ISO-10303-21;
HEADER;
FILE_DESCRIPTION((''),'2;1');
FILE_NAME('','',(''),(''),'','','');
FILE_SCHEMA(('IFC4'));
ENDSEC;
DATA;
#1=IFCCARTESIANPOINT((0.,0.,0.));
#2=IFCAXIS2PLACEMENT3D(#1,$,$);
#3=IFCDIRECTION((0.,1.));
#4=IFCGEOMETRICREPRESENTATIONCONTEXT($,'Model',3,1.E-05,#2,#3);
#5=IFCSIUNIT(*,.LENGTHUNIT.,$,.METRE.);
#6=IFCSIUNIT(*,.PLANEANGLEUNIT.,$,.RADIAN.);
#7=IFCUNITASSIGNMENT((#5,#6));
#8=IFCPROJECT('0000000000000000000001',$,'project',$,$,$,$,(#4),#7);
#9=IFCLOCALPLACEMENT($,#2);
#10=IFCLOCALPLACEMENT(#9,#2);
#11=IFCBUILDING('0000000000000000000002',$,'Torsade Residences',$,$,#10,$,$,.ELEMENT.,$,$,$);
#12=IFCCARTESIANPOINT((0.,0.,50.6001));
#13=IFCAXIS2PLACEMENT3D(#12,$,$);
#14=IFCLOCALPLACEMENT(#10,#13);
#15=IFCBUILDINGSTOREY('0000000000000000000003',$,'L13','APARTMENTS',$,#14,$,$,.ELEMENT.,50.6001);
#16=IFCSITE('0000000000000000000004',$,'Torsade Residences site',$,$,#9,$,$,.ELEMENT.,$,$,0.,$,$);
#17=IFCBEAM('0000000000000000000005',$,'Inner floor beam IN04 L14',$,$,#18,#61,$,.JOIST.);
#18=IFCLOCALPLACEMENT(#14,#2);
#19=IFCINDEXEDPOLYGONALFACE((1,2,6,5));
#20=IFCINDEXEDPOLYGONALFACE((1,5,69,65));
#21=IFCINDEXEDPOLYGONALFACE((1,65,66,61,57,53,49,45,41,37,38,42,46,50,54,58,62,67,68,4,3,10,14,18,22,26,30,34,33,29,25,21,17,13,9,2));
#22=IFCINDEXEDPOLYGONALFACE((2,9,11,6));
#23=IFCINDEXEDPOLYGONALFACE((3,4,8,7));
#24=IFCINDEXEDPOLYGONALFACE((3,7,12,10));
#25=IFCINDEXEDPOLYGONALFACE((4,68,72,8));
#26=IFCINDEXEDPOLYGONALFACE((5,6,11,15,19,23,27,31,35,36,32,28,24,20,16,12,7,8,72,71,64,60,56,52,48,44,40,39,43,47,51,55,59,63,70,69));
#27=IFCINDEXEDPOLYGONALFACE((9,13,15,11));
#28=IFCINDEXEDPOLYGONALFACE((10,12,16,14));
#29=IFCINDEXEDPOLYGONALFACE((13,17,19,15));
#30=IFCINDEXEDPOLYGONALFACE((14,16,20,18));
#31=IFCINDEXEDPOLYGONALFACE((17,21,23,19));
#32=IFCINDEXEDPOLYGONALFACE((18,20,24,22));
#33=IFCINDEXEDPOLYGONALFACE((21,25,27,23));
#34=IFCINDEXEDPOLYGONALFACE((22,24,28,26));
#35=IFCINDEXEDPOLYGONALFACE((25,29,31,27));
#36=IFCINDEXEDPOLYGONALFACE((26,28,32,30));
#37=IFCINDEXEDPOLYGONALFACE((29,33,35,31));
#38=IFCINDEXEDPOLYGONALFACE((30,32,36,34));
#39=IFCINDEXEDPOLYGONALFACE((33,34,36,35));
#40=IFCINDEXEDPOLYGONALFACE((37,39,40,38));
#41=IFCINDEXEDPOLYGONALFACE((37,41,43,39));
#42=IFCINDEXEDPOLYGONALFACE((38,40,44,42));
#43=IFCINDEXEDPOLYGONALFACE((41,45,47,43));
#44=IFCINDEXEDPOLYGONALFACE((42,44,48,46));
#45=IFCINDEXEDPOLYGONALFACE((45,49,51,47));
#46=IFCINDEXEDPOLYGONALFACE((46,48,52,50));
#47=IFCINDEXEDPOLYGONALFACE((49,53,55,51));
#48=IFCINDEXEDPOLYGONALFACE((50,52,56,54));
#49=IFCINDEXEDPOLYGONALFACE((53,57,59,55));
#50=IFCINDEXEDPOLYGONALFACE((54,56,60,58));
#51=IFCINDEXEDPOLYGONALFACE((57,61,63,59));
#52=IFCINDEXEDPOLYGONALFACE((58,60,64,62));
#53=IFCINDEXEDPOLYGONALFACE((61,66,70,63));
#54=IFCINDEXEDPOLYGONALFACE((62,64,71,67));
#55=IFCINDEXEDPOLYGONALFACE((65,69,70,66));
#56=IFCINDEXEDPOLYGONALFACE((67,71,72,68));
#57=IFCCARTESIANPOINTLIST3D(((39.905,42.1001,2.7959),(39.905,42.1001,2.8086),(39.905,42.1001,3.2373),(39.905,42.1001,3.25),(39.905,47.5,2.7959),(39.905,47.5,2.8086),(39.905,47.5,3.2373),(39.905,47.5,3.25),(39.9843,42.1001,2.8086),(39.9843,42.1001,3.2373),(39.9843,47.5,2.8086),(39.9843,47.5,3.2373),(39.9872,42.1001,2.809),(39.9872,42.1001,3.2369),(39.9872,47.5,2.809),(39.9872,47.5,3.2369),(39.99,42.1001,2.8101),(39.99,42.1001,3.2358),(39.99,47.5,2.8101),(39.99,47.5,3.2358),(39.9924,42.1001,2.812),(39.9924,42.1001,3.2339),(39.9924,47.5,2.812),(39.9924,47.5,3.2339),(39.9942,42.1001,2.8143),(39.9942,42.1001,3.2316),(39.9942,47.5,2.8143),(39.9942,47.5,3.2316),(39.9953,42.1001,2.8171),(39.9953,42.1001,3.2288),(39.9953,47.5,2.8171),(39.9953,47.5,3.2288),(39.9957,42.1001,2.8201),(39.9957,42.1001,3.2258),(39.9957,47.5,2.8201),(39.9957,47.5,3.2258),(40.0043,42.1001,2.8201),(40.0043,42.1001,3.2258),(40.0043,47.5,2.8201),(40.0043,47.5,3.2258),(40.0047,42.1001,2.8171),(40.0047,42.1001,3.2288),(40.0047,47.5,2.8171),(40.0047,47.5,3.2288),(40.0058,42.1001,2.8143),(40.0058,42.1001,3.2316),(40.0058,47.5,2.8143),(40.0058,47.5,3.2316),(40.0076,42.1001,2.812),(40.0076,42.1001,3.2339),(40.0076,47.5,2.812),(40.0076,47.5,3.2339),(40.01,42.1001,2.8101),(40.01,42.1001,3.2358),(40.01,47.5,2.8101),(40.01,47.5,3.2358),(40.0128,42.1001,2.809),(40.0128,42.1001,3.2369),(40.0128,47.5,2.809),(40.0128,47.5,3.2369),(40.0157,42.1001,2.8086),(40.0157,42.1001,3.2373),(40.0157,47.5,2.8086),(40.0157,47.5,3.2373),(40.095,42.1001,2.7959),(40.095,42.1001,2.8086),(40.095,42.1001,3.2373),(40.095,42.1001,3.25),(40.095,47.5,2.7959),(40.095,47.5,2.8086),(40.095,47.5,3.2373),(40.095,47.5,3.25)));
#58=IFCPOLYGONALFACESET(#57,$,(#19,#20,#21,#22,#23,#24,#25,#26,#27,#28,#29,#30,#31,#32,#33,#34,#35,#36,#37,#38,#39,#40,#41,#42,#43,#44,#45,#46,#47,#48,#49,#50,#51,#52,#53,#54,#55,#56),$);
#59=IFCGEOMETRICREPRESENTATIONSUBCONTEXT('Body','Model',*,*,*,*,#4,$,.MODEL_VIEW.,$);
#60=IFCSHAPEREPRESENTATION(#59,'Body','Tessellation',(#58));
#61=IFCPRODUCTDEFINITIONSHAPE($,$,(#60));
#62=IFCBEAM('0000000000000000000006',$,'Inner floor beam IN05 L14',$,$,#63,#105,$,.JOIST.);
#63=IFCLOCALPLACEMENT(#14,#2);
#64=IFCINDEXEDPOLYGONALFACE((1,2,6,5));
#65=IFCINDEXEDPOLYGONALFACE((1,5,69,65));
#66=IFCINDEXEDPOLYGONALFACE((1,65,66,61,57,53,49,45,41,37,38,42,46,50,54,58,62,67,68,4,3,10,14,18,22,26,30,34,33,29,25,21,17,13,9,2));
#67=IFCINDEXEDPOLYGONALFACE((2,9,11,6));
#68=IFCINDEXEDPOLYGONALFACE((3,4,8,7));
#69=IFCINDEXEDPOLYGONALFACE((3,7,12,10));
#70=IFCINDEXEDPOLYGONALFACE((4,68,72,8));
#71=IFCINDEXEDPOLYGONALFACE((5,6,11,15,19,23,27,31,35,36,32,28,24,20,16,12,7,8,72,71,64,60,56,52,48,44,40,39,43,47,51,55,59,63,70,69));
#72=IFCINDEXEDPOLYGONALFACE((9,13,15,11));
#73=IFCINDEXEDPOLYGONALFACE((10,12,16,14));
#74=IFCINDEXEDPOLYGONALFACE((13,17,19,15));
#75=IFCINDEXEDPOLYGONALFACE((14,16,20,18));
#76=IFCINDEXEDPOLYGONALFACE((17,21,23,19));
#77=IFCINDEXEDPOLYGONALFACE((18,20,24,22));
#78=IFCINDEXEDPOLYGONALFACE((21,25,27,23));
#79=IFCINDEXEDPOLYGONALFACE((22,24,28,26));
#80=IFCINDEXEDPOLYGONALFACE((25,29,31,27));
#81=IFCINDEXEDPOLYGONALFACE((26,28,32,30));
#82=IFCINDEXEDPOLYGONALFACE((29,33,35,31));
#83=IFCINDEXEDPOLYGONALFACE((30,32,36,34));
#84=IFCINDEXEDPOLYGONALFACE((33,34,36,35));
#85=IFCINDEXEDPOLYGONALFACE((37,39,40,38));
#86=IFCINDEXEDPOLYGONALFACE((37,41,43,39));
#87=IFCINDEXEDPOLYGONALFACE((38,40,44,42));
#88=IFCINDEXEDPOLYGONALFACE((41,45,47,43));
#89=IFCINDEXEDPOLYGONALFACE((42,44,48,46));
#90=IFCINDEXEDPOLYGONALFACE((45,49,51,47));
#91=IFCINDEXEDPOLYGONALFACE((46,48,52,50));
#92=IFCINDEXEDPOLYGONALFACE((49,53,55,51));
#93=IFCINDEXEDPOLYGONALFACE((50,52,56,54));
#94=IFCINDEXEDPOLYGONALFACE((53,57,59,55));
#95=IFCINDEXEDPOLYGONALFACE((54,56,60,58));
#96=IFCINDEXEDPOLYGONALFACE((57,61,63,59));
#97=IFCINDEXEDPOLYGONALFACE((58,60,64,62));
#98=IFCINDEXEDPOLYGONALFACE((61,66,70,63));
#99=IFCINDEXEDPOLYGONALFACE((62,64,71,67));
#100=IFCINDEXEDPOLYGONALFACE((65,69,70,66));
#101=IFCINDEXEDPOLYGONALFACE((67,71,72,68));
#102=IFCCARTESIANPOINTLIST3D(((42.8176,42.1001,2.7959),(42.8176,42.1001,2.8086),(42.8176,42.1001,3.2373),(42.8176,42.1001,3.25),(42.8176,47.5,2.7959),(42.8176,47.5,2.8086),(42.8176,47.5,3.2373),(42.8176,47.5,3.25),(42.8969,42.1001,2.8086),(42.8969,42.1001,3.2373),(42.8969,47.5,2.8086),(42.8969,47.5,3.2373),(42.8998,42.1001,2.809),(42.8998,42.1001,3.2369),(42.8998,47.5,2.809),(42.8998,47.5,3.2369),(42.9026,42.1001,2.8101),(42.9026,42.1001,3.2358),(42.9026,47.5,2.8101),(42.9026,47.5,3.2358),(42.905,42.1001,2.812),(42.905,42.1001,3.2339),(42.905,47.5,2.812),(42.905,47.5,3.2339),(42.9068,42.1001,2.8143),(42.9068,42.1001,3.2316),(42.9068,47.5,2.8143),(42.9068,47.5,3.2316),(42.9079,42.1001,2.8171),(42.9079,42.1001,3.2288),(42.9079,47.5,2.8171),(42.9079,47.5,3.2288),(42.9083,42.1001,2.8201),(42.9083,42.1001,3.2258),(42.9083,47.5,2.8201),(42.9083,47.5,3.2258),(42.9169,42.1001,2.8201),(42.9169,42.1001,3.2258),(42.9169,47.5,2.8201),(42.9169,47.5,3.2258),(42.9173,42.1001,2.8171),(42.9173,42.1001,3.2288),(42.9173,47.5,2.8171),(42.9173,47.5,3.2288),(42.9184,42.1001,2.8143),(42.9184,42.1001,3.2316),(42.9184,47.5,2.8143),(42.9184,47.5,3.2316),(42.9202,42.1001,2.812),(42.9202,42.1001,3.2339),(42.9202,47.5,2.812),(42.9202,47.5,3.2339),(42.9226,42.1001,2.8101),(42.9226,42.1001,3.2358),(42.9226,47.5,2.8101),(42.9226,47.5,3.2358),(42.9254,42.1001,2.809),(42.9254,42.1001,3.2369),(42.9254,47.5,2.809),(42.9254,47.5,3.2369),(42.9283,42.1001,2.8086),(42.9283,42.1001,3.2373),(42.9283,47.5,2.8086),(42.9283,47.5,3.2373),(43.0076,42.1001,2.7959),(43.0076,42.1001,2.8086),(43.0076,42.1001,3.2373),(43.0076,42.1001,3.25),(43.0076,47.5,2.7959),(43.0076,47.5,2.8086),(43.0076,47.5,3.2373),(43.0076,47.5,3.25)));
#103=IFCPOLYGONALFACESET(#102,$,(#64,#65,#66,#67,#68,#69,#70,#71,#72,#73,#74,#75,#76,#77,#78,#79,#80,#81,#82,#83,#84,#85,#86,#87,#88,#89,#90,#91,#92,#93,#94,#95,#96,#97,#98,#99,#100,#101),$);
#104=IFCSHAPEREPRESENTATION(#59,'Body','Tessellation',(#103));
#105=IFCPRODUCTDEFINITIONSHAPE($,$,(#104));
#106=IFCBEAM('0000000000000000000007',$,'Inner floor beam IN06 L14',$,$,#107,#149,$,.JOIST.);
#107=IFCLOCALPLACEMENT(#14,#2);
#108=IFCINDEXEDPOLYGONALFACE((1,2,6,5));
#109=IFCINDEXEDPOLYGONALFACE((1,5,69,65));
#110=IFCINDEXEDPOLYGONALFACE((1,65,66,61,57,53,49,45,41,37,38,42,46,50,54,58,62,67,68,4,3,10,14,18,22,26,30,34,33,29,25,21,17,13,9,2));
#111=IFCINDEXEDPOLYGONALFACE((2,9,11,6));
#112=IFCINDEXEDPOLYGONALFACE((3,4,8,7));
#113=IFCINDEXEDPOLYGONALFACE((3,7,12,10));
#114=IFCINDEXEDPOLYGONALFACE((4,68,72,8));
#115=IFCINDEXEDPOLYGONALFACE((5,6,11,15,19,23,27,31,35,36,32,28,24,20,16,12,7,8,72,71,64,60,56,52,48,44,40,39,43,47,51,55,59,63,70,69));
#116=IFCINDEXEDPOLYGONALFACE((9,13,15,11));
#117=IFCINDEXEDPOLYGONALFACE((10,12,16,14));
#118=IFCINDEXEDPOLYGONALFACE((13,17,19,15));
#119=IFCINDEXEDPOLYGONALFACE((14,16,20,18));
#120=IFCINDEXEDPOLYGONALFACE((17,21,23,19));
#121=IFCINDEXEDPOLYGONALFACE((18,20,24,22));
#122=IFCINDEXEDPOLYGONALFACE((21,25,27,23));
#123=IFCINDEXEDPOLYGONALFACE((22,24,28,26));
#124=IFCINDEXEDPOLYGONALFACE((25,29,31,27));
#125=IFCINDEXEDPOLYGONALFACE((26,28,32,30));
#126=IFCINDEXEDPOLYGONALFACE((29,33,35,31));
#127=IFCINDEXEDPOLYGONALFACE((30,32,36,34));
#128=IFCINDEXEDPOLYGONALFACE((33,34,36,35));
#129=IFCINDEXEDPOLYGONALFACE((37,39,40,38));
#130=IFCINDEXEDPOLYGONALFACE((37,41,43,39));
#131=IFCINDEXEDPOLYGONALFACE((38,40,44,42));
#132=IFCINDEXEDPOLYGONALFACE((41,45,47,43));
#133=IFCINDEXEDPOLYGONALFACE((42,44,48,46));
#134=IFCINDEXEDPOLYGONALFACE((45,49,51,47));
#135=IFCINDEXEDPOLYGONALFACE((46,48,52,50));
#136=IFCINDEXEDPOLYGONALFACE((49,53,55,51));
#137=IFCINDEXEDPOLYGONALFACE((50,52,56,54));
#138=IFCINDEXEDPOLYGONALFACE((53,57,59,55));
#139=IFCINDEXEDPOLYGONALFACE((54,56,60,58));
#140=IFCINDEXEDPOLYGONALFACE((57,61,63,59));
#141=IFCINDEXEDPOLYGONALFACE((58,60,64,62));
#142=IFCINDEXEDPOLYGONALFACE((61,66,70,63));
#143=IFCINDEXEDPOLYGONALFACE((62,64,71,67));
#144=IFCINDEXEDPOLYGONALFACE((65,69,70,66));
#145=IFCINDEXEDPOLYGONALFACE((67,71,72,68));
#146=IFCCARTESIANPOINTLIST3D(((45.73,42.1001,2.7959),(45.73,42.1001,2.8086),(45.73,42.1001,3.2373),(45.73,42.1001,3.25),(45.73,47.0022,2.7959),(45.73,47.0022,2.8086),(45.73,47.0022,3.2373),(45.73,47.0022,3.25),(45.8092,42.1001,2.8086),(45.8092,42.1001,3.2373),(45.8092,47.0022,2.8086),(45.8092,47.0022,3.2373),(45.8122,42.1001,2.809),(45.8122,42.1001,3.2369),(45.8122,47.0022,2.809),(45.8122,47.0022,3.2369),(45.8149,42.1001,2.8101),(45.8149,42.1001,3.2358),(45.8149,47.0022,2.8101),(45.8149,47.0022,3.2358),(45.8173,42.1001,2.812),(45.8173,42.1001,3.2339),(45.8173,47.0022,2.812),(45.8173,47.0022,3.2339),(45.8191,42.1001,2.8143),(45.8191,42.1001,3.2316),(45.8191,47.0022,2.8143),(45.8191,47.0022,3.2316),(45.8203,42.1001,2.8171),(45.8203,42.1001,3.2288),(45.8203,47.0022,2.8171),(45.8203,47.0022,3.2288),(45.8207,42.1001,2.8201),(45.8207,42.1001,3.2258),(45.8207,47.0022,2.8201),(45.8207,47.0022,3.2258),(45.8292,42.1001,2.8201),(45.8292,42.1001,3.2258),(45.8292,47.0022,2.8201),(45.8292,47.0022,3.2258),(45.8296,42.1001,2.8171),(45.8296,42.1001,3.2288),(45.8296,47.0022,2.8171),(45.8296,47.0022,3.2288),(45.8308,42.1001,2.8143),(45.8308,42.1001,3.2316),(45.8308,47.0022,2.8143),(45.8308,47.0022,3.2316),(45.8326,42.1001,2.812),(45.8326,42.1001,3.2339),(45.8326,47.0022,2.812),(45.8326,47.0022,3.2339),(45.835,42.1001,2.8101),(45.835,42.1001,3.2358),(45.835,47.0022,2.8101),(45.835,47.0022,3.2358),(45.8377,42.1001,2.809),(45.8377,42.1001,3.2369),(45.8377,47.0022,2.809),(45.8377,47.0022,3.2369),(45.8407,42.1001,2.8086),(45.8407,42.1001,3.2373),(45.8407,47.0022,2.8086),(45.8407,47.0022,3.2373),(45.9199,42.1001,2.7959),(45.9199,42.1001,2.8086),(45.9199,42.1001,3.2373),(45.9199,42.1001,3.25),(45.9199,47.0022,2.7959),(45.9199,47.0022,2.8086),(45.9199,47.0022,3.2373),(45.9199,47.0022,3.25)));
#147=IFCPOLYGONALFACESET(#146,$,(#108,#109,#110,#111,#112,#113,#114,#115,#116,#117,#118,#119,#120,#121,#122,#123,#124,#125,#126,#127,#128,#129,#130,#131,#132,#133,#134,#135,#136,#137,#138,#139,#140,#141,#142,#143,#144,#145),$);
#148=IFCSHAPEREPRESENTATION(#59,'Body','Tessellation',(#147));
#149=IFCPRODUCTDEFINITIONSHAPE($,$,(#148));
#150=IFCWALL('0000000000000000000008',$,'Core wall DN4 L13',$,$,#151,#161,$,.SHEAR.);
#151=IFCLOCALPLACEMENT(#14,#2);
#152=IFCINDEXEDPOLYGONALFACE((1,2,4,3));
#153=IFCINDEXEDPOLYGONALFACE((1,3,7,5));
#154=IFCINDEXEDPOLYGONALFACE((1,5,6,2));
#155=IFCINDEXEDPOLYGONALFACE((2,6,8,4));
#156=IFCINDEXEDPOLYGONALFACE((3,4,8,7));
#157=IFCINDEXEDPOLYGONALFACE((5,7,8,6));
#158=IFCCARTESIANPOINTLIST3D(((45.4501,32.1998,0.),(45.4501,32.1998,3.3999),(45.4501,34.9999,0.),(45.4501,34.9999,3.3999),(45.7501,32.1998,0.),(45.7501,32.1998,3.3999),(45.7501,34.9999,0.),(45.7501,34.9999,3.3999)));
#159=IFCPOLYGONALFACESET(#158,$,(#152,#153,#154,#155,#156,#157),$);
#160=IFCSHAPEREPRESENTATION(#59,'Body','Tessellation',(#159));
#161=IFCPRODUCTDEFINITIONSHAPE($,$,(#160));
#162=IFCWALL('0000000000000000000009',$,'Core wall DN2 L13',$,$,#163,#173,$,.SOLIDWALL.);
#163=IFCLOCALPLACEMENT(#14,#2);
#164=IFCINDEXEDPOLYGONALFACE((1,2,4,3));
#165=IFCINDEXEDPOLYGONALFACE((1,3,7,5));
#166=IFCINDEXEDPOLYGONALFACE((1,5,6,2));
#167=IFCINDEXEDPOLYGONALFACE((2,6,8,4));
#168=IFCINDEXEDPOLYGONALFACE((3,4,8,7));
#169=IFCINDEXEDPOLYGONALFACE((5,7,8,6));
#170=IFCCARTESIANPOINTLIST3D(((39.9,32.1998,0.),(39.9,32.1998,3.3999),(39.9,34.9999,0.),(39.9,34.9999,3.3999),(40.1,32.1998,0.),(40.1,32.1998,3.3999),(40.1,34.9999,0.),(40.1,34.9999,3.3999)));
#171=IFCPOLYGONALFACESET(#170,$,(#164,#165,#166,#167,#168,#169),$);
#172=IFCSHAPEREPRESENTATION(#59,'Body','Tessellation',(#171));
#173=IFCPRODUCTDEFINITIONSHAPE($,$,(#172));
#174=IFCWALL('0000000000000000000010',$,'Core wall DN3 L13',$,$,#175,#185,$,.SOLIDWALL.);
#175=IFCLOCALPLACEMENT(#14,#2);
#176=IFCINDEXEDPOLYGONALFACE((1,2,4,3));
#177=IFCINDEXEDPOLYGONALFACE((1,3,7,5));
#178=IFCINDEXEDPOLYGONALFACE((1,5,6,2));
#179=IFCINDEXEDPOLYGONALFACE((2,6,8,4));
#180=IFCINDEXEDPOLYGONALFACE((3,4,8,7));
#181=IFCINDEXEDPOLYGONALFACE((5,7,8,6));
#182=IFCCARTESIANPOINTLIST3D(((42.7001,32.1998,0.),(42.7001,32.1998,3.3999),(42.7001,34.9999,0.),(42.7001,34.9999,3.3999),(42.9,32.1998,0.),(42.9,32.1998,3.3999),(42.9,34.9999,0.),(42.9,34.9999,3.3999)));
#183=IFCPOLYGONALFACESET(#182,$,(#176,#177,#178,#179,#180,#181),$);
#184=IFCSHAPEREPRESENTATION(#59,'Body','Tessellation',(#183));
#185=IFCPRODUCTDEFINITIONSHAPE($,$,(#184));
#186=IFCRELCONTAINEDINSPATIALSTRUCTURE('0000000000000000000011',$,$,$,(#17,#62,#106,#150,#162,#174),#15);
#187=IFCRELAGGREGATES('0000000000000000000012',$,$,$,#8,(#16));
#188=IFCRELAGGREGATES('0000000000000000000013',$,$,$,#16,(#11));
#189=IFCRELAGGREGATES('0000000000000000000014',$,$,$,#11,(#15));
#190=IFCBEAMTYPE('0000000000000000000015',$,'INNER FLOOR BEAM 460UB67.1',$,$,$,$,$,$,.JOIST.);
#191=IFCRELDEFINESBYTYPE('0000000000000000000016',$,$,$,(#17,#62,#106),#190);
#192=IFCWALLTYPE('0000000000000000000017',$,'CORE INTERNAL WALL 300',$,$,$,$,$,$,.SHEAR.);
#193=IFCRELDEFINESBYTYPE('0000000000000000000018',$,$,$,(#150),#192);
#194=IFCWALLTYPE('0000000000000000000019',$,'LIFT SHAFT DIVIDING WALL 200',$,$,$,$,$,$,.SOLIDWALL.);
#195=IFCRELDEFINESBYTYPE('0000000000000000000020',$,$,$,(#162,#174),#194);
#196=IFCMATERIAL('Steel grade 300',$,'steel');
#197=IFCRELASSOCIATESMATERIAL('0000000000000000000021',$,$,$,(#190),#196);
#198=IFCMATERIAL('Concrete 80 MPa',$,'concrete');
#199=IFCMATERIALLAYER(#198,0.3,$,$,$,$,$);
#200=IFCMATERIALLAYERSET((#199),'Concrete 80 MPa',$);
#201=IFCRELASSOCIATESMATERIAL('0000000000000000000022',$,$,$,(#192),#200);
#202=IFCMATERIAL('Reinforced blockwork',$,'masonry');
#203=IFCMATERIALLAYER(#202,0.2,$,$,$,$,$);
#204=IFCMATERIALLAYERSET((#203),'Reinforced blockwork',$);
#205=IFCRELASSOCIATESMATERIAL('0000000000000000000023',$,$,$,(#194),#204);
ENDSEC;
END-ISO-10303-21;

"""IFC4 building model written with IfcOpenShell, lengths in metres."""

from ifc_helpers import new_model, si_unit, direction, frame, frame_2d, origin, origin_2d, place, context, subcontext, project, spatial, rectangle, i_section, extrude, material, layer, layer_set, material_profile, profile_set, type_object, element, save


model = new_model("IFC4")

# Units and contexts
model_context = context("Model", 3, precision=1e-05, world=origin(), true_north=direction((0.0, 1.0)))
body_context = subcontext(model_context, "Body", "Model", "MODEL_VIEW")
ifc_project = project(units=[si_unit("LENGTHUNIT", "METRE"), si_unit("PLANEANGLEUNIT", "RADIAN")], contexts=[model_context])

# Site, building, storey
site_placement = place(None, origin())
site = spatial("IfcSite", under=ifc_project, at=site_placement, Name="Torsade Residences site", CompositionType="ELEMENT", RefElevation=0.0)
building_placement = place(site_placement, origin())
building = spatial("IfcBuilding", under=site, at=building_placement, Name="Torsade Residences", CompositionType="ELEMENT")
storey_placement = place(building_placement, frame((0.0, 0.0, 50.6001)))
storey = spatial("IfcBuildingStorey", under=building, at=storey_placement, Name="L13", Description="APARTMENTS", CompositionType="ELEMENT", Elevation=50.6001)

# Beams
ifc_material_1 = material(Name="Steel grade 300", Category="steel")
ifc_material_profile = material_profile(ifc_material_1, i_section(OverallWidth=0.1899, OverallDepth=0.4541, WebThickness=0.0085, FlangeThickness=0.0127, FilletRadius=0.0115, at=origin_2d()), Name="460UB67.1")
ifc_profile_set = profile_set([ifc_material_profile], Name="Steel grade 300")
beam_type = type_object("IfcBeamType", Name="INNER FLOOR BEAM 460UB67.1", PredefinedType="JOIST", material=ifc_profile_set)
for number, where, z_axis, x_axis, name in (
    (1, (40.0, 42.1001, 3.0229), (0.0, 1.0, 0.0), (-1.0, 0.0, 0.0), "Inner floor beam IN04 L14"),
    (2, (42.9126, 42.1001, 3.0229), (0.0, 1.0, 0.0), (-1.0, 0.0, 0.0), "Inner floor beam IN05 L14"),
):
    element("IfcBeam", number, at=place(storey_placement, frame(where, z_axis=z_axis, x_axis=x_axis)), inside=storey, type_object=beam_type, Name=name, PredefinedType="JOIST", context=body_context, shape_type="SweptSolid", body=[
        extrude(i_section(OverallWidth=0.1899, OverallDepth=0.4541, WebThickness=0.0085, FlangeThickness=0.0127, FilletRadius=0.0115, at=origin_2d()), origin(), (0.0, 0.0, 1.0), 5.3999),
    ])
beam_placement = place(storey_placement, frame((45.825, 42.1001, 3.0229), z_axis=(0.0, 1.0, 0.0), x_axis=(-1.0, 0.0, 0.0)))
element("IfcBeam", 3, at=beam_placement, inside=storey, type_object=beam_type, Name="Inner floor beam IN06 L14", PredefinedType="JOIST", context=body_context, shape_type="SweptSolid", body=[
    extrude(i_section(OverallWidth=0.1899, OverallDepth=0.4541, WebThickness=0.0085, FlangeThickness=0.0127, FilletRadius=0.0115, at=origin_2d()), origin(), (0.0, 0.0, 1.0), 4.9021),
])

# Walls
ifc_material_2 = material(Name="Concrete 80 MPa", Category="concrete")
ifc_layer_1 = layer(ifc_material_2, 0.3)
ifc_layer_set_1 = layer_set([ifc_layer_1], Name="Concrete 80 MPa")
wall_type_1 = type_object("IfcWallType", Name="CORE INTERNAL WALL 300", PredefinedType="SHEAR", material=ifc_layer_set_1)
wall_1_placement = place(storey_placement, frame((45.6001, 32.2, 0.0), z_axis=(0.0, 0.0, 1.0), x_axis=(0.0, 1.0, 0.0)))
element("IfcWall", 4, at=wall_1_placement, inside=storey, type_object=wall_type_1, Name="Core wall DN4 L13", PredefinedType="SHEAR", context=body_context, shape_type="SweptSolid", body=[
    extrude(rectangle(XDim=2.8, YDim=0.3, at=frame_2d((1.3999, 0.0))), origin(), (0.0, 0.0, 1.0), 3.3999),
])
ifc_material_3 = material(Name="Reinforced blockwork", Category="masonry")
ifc_layer_2 = layer(ifc_material_3, 0.2)
ifc_layer_set_2 = layer_set([ifc_layer_2], Name="Reinforced blockwork")
wall_type_2 = type_object("IfcWallType", Name="LIFT SHAFT DIVIDING WALL 200", PredefinedType="SOLIDWALL", material=ifc_layer_set_2)
for number, where, z_axis, x_axis, name in (
    (5, (40.0, 32.2, 0.0), (0.0, 0.0, 1.0), (0.0, 1.0, 0.0), "Core wall DN2 L13"),
    (6, (42.8, 32.2, 0.0), (0.0, 0.0, 1.0), (0.0, 1.0, 0.0), "Core wall DN3 L13"),
):
    element("IfcWall", number, at=place(storey_placement, frame(where, z_axis=z_axis, x_axis=x_axis)), inside=storey, type_object=wall_type_2, Name=name, PredefinedType="SOLIDWALL", context=body_context, shape_type="SweptSolid", body=[
        extrude(rectangle(XDim=2.8, YDim=0.2, at=frame_2d((1.3999, 0.0))), origin(), (0.0, 0.0, 1.0), 3.3999),
    ])

save(model, "model.ifc")
